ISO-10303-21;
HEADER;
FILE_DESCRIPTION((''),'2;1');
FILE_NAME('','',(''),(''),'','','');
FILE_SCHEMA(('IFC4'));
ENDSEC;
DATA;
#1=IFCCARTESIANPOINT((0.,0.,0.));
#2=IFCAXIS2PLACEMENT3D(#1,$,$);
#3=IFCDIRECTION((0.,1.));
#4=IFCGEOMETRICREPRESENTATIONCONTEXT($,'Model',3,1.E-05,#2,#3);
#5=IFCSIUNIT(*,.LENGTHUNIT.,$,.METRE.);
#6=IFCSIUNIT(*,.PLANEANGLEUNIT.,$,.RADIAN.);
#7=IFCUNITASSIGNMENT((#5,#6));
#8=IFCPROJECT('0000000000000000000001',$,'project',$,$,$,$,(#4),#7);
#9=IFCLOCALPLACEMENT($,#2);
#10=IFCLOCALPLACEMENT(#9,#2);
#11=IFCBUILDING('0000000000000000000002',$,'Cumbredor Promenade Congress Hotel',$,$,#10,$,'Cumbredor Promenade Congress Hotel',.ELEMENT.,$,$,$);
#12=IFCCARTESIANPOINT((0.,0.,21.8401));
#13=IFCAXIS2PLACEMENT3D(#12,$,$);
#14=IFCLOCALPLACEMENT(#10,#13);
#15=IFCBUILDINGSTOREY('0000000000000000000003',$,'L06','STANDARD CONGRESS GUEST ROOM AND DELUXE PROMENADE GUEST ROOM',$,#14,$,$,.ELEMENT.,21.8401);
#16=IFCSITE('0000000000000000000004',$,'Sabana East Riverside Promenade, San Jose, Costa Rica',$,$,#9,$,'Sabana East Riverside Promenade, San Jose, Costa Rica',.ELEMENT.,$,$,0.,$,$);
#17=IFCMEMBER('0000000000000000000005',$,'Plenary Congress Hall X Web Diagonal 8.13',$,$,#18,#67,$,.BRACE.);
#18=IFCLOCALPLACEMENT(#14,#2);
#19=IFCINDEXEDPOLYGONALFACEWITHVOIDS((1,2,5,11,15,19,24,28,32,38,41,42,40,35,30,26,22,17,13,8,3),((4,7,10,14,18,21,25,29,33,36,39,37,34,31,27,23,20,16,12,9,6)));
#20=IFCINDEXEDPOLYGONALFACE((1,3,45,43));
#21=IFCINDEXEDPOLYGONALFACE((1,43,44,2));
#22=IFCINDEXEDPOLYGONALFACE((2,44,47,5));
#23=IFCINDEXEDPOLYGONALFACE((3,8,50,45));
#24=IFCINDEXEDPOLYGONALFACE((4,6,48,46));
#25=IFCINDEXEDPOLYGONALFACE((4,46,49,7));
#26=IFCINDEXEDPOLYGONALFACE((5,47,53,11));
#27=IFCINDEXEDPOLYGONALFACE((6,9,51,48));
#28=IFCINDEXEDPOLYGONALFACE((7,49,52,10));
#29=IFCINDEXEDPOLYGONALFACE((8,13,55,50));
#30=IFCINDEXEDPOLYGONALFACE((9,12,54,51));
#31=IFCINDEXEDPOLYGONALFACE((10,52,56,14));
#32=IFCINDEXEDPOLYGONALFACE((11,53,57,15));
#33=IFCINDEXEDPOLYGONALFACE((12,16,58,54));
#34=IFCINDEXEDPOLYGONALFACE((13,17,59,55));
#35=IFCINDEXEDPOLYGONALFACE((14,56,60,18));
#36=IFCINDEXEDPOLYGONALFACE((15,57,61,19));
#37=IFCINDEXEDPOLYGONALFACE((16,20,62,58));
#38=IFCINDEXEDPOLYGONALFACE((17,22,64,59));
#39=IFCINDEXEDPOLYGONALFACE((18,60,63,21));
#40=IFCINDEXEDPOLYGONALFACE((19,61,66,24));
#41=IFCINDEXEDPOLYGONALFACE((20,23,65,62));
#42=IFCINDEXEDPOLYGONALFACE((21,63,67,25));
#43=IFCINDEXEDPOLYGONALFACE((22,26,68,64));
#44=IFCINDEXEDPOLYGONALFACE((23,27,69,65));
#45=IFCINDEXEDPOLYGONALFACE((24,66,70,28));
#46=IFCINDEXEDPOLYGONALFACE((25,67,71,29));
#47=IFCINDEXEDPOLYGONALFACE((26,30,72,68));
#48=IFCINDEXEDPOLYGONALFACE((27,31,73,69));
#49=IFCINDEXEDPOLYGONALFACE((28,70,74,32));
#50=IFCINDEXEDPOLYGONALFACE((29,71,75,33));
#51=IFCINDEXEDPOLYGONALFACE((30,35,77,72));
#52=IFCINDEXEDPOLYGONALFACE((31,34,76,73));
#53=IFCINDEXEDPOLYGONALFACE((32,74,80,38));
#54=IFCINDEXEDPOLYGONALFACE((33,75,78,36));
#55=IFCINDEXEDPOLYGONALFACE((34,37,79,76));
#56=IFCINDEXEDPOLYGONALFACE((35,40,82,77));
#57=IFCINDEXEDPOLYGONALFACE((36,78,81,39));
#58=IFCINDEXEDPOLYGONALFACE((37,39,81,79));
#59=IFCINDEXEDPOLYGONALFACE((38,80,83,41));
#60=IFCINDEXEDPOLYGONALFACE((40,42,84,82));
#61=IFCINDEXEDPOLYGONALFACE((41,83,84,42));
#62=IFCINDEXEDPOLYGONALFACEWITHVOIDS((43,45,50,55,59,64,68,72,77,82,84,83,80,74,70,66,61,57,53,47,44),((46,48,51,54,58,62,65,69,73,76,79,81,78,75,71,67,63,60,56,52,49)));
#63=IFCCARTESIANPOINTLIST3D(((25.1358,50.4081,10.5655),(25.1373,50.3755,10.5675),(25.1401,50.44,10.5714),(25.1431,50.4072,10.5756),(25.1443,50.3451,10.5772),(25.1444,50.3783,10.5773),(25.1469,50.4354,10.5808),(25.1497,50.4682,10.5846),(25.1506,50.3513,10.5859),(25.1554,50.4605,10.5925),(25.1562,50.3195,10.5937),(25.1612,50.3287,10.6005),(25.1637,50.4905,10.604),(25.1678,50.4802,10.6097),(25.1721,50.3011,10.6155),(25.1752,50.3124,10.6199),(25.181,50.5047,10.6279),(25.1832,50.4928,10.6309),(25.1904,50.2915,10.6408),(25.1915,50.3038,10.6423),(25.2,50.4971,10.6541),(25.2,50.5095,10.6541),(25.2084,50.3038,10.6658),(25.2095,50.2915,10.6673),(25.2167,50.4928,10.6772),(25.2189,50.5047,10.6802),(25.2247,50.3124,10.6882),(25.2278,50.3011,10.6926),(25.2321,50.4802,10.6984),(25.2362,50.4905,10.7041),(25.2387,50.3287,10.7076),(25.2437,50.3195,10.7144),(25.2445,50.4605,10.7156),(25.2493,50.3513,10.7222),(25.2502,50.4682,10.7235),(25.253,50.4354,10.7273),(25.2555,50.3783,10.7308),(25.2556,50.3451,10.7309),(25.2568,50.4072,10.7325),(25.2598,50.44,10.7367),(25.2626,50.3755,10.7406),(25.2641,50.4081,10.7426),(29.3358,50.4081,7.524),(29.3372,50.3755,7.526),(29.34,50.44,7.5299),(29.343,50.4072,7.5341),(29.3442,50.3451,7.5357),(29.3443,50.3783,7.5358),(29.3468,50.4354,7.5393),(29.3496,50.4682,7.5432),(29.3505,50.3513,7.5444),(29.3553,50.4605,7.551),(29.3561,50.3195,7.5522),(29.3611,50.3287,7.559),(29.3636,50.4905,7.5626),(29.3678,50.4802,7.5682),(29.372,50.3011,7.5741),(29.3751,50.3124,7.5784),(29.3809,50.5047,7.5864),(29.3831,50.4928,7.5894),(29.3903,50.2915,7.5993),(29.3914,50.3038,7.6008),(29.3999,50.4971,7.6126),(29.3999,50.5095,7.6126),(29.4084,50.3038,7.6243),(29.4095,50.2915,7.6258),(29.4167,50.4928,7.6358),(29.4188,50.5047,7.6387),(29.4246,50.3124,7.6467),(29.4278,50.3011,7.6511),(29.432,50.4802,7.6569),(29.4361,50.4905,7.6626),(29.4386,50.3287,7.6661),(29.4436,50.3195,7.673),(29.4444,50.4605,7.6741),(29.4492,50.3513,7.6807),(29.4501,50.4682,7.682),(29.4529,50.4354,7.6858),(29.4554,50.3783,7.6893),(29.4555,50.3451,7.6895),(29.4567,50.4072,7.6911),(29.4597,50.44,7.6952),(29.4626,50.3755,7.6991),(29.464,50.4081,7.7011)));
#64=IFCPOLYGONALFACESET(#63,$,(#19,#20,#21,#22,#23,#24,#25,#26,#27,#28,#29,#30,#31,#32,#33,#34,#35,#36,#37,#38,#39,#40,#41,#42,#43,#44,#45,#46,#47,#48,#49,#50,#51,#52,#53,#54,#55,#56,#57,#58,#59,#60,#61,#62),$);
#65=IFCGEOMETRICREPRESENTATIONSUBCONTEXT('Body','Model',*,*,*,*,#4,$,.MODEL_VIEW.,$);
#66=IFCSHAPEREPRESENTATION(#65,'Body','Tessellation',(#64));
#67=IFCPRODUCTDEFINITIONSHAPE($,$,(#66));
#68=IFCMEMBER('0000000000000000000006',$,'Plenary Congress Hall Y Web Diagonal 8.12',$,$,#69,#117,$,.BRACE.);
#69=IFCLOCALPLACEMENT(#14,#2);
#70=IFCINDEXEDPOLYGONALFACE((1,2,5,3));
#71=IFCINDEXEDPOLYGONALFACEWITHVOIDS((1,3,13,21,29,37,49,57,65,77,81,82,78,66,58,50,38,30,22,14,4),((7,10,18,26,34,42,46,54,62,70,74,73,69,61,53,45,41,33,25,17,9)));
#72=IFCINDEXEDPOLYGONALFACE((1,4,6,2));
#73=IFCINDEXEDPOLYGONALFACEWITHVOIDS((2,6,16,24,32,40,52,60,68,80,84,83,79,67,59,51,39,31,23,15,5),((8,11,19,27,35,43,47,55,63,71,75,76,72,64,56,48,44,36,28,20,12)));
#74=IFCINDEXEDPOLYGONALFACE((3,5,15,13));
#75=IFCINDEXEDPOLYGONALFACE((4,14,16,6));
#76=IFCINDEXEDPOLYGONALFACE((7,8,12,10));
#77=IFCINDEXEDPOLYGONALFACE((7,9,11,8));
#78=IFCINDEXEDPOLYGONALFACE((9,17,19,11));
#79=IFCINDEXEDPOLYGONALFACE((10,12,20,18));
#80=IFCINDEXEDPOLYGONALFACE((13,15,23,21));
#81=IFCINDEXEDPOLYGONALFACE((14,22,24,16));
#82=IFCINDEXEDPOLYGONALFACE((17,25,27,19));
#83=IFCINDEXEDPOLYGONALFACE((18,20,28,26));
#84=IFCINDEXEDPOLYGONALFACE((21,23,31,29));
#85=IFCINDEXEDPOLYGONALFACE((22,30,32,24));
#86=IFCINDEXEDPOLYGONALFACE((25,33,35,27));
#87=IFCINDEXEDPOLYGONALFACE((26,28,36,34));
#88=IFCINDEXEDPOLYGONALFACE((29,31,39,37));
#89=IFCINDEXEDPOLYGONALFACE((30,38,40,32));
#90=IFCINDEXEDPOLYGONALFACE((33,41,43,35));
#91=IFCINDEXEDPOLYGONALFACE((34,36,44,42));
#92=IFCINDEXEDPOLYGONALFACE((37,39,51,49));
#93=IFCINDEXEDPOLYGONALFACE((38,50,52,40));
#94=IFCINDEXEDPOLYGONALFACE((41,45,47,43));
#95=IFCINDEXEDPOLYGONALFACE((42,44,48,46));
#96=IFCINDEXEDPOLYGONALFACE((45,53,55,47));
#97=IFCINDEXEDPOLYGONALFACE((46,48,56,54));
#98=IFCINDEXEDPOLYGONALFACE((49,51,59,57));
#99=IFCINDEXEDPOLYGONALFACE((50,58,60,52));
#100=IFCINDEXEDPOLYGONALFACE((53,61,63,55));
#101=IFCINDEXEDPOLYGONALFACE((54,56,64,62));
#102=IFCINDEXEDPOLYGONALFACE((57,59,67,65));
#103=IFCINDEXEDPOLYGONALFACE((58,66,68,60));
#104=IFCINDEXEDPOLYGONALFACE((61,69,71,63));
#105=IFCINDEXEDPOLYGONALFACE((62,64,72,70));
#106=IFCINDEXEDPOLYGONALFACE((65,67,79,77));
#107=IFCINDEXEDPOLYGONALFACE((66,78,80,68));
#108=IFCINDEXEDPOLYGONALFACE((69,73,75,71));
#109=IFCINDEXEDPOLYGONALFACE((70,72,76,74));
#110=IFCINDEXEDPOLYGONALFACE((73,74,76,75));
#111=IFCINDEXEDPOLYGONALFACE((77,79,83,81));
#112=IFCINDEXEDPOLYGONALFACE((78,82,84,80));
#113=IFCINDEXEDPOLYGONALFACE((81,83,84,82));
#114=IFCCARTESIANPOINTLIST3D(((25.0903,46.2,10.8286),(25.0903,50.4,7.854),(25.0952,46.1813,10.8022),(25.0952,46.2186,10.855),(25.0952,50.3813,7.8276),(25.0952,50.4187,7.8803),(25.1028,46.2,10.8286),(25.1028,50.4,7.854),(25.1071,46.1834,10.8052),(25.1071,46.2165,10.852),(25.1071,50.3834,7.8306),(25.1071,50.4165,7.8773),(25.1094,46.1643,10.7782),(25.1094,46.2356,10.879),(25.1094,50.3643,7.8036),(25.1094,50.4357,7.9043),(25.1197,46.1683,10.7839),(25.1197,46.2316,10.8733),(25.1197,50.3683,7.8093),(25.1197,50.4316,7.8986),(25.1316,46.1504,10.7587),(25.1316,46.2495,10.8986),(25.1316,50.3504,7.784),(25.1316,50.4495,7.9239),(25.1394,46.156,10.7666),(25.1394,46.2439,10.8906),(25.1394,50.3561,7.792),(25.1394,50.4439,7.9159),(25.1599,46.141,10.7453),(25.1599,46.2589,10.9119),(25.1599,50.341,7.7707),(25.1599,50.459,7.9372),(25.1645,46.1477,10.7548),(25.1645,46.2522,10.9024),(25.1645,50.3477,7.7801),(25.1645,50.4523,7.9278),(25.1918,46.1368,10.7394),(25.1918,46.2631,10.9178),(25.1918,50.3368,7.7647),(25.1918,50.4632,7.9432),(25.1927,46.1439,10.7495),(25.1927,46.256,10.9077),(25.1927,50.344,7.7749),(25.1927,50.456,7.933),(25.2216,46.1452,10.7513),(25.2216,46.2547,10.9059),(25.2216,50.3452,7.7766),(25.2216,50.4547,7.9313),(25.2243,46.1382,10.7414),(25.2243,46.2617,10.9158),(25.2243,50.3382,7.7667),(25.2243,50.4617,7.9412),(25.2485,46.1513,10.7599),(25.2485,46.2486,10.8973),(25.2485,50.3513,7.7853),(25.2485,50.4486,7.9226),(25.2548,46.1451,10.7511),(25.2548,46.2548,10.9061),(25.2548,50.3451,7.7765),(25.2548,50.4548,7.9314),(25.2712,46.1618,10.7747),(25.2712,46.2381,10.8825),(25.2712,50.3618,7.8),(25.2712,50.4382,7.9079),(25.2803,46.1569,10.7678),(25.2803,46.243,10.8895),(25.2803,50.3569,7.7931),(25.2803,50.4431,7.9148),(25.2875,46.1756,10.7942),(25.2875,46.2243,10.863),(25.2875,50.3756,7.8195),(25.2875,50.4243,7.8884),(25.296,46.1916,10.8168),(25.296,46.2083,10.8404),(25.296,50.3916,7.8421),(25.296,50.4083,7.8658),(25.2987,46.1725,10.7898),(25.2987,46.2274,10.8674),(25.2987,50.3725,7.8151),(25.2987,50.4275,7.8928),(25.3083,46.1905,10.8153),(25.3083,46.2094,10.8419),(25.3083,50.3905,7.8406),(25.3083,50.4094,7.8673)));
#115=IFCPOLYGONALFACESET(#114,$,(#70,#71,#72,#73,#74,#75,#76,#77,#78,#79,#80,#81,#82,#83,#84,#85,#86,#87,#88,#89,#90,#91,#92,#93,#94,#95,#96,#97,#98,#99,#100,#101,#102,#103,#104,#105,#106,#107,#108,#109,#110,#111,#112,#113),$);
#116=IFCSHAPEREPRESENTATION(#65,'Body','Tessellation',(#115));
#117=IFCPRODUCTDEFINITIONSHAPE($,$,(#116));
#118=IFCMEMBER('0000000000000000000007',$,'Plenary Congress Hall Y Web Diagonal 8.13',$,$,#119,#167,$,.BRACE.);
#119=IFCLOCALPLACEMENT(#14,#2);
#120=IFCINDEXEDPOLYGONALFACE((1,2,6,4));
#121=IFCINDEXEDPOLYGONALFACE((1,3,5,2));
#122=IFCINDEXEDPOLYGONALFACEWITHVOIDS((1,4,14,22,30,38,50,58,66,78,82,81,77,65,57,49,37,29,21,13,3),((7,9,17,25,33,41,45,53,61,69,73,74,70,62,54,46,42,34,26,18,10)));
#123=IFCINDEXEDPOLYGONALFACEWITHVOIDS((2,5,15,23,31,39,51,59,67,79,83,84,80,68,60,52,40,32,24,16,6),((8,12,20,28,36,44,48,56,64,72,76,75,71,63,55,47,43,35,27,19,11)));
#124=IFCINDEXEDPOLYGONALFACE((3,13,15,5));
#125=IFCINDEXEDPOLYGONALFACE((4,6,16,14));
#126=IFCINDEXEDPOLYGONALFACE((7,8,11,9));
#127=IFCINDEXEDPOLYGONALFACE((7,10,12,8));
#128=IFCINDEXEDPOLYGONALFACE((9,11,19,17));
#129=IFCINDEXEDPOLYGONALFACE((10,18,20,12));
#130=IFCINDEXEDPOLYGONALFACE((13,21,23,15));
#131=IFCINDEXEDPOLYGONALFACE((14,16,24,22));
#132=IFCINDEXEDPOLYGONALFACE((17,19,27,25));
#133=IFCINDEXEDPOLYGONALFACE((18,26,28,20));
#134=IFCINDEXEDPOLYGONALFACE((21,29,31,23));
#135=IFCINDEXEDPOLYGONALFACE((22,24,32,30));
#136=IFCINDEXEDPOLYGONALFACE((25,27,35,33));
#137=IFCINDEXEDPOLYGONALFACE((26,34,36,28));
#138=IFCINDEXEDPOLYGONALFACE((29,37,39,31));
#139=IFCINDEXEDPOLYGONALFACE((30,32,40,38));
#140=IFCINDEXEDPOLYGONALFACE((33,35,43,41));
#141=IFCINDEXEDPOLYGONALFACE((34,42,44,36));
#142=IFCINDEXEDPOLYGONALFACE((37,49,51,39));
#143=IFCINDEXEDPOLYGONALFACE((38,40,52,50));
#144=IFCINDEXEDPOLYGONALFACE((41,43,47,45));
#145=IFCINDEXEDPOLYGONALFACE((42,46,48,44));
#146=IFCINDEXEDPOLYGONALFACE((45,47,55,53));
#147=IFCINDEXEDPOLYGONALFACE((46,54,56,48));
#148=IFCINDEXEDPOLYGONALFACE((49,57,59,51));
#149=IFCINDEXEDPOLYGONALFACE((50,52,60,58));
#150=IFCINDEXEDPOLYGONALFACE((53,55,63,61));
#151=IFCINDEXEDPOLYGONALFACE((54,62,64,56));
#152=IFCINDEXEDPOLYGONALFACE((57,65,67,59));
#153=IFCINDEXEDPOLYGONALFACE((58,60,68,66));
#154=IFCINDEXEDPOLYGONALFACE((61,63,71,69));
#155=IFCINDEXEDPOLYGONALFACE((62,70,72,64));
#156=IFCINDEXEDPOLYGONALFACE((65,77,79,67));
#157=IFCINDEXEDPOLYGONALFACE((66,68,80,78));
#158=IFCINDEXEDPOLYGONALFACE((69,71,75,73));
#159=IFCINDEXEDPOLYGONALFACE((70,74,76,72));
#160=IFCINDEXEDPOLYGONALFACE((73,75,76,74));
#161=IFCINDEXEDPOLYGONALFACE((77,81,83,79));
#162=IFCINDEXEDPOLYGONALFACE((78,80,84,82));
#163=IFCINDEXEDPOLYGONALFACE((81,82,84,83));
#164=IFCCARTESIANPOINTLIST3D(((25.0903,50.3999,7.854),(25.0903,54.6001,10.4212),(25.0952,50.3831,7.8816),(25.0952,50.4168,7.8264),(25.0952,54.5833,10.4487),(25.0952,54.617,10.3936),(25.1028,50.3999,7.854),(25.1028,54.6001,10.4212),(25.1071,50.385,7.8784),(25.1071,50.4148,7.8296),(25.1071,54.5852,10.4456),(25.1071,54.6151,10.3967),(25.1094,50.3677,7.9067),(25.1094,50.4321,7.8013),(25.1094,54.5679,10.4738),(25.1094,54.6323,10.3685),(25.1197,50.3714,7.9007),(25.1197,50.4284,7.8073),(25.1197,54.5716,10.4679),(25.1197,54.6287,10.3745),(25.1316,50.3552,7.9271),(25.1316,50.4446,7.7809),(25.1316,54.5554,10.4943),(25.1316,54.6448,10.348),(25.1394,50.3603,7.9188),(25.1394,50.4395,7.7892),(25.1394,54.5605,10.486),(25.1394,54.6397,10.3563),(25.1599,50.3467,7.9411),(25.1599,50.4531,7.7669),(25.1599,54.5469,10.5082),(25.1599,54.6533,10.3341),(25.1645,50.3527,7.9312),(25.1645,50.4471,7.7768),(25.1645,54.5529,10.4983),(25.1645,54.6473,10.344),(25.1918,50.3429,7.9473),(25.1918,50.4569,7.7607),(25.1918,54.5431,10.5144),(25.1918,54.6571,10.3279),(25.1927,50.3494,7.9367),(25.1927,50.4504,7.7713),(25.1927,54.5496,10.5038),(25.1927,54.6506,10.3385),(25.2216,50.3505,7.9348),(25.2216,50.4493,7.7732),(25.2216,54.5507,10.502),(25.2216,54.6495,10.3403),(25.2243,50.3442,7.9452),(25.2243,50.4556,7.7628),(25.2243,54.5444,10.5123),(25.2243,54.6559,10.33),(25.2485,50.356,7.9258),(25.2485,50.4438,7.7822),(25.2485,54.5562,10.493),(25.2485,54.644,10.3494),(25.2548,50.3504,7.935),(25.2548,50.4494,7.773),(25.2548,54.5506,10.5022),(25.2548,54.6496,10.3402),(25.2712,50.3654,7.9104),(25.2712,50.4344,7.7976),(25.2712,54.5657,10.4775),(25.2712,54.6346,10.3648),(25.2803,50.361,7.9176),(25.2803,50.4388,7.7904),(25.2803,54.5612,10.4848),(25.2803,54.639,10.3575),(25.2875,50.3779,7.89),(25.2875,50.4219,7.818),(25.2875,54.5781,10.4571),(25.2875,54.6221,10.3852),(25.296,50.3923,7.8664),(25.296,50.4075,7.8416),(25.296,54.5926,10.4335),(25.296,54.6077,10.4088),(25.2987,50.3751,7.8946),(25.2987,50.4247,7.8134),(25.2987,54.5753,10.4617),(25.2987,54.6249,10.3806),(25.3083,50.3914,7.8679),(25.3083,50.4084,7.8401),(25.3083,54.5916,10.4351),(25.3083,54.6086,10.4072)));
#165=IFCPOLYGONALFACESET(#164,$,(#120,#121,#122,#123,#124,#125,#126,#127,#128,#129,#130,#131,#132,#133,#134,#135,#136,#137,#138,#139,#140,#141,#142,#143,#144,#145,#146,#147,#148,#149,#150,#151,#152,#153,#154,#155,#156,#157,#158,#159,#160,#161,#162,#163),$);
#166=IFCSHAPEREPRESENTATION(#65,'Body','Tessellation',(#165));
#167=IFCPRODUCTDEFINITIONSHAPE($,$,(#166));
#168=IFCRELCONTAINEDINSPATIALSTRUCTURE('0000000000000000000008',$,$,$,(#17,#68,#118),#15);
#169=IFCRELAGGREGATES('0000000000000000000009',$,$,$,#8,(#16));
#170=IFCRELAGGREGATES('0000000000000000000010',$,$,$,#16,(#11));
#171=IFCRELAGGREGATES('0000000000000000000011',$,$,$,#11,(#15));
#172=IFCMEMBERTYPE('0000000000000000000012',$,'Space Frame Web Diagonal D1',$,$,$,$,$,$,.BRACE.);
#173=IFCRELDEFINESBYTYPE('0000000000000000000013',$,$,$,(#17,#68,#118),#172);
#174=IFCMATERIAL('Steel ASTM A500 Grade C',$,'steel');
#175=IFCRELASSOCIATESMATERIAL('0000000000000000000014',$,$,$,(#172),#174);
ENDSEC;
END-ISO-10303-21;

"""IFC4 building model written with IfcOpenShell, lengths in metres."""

from ifc_helpers import new_model, si_unit, direction, frame, origin, origin_2d, place, context, subcontext, project, spatial, hollow_circle, extrude, material, material_profile, profile_set, type_object, element, save


model = new_model("IFC4")

# Units and contexts
model_context = context("Model", 3, precision=1e-05, world=origin(), true_north=direction((0.0, 1.0)))
body_context = subcontext(model_context, "Body", "Model", "MODEL_VIEW")
ifc_project = project(units=[si_unit("LENGTHUNIT", "METRE"), si_unit("PLANEANGLEUNIT", "RADIAN")], contexts=[model_context])

# Site, building, storey
site_placement = place(None, origin())
site = spatial("IfcSite", under=ifc_project, at=site_placement, Name="Sabana East Riverside Promenade, San Jose, Costa Rica", LongName="Sabana East Riverside Promenade, San Jose, Costa Rica", CompositionType="ELEMENT", RefElevation=0.0)
building_placement = place(site_placement, origin())
building = spatial("IfcBuilding", under=site, at=building_placement, Name="Cumbredor Promenade Congress Hotel", LongName="Cumbredor Promenade Congress Hotel", CompositionType="ELEMENT")
storey_placement = place(building_placement, frame((0.0, 0.0, 21.8401)))
storey = spatial("IfcBuildingStorey", under=building, at=storey_placement, Name="L06", Description="STANDARD CONGRESS GUEST ROOM AND DELUXE PROMENADE GUEST ROOM", CompositionType="ELEMENT", Elevation=21.8401)

# Members
ifc_material_1 = material(Name="Steel ASTM A500 Grade C", Category="steel")
ifc_material_profile_1 = material_profile(ifc_material_1, hollow_circle(Radius=0.1096, WallThickness=0.0125, at=origin_2d()), Name="CHS 219.1x12.5")
ifc_profile_set_1 = profile_set([ifc_material_profile_1], Name="Steel ASTM A500 Grade C")
member_type_1 = type_object("IfcMemberType", Name="Space Frame Web Diagonal D1", PredefinedType="BRACE", material=ifc_profile_set_1)
member_1_placement = place(storey_placement, frame((25.2, 50.3999, 10.6541), z_axis=(0.809927, 0.0, -0.58653), x_axis=(0.0, 1.0, 0.0)))
element("IfcMember", 1, at=member_1_placement, inside=storey, type_object=member_type_1, Name="Plenary Congress Hall X Web Diagonal 8.13", PredefinedType="BRACE", context=body_context, shape_type="SweptSolid", body=[
    extrude(hollow_circle(Radius=0.1096, WallThickness=0.0125, at=origin_2d()), origin(), (0.0, 0.0, 1.0), 5.1855),
])
member_2_placement = place(storey_placement, frame((25.2, 46.2, 10.8286), z_axis=(0.0, 0.816057, -0.577971), x_axis=(-1.0, 0.0, 0.0)))
element("IfcMember", 2, at=member_2_placement, inside=storey, type_object=member_type_1, Name="Plenary Congress Hall Y Web Diagonal 8.12", PredefinedType="BRACE", context=body_context, shape_type="SweptSolid", body=[
    extrude(hollow_circle(Radius=0.1096, WallThickness=0.0125, at=origin_2d()), origin(), (0.0, 0.0, 1.0), 5.1467),
])
member_3_placement = place(storey_placement, frame((25.2, 50.3999, 7.854), z_axis=(0.0, 0.85325, 0.521502), x_axis=(-1.0, 0.0, 0.0)))
element("IfcMember", 3, at=member_3_placement, inside=storey, type_object=member_type_1, Name="Plenary Congress Hall Y Web Diagonal 8.13", PredefinedType="BRACE", context=body_context, shape_type="SweptSolid", body=[
    extrude(hollow_circle(Radius=0.1096, WallThickness=0.0125, at=origin_2d()), origin(), (0.0, 0.0, 1.0), 4.9226),
])

save(model, "model.ifc")
